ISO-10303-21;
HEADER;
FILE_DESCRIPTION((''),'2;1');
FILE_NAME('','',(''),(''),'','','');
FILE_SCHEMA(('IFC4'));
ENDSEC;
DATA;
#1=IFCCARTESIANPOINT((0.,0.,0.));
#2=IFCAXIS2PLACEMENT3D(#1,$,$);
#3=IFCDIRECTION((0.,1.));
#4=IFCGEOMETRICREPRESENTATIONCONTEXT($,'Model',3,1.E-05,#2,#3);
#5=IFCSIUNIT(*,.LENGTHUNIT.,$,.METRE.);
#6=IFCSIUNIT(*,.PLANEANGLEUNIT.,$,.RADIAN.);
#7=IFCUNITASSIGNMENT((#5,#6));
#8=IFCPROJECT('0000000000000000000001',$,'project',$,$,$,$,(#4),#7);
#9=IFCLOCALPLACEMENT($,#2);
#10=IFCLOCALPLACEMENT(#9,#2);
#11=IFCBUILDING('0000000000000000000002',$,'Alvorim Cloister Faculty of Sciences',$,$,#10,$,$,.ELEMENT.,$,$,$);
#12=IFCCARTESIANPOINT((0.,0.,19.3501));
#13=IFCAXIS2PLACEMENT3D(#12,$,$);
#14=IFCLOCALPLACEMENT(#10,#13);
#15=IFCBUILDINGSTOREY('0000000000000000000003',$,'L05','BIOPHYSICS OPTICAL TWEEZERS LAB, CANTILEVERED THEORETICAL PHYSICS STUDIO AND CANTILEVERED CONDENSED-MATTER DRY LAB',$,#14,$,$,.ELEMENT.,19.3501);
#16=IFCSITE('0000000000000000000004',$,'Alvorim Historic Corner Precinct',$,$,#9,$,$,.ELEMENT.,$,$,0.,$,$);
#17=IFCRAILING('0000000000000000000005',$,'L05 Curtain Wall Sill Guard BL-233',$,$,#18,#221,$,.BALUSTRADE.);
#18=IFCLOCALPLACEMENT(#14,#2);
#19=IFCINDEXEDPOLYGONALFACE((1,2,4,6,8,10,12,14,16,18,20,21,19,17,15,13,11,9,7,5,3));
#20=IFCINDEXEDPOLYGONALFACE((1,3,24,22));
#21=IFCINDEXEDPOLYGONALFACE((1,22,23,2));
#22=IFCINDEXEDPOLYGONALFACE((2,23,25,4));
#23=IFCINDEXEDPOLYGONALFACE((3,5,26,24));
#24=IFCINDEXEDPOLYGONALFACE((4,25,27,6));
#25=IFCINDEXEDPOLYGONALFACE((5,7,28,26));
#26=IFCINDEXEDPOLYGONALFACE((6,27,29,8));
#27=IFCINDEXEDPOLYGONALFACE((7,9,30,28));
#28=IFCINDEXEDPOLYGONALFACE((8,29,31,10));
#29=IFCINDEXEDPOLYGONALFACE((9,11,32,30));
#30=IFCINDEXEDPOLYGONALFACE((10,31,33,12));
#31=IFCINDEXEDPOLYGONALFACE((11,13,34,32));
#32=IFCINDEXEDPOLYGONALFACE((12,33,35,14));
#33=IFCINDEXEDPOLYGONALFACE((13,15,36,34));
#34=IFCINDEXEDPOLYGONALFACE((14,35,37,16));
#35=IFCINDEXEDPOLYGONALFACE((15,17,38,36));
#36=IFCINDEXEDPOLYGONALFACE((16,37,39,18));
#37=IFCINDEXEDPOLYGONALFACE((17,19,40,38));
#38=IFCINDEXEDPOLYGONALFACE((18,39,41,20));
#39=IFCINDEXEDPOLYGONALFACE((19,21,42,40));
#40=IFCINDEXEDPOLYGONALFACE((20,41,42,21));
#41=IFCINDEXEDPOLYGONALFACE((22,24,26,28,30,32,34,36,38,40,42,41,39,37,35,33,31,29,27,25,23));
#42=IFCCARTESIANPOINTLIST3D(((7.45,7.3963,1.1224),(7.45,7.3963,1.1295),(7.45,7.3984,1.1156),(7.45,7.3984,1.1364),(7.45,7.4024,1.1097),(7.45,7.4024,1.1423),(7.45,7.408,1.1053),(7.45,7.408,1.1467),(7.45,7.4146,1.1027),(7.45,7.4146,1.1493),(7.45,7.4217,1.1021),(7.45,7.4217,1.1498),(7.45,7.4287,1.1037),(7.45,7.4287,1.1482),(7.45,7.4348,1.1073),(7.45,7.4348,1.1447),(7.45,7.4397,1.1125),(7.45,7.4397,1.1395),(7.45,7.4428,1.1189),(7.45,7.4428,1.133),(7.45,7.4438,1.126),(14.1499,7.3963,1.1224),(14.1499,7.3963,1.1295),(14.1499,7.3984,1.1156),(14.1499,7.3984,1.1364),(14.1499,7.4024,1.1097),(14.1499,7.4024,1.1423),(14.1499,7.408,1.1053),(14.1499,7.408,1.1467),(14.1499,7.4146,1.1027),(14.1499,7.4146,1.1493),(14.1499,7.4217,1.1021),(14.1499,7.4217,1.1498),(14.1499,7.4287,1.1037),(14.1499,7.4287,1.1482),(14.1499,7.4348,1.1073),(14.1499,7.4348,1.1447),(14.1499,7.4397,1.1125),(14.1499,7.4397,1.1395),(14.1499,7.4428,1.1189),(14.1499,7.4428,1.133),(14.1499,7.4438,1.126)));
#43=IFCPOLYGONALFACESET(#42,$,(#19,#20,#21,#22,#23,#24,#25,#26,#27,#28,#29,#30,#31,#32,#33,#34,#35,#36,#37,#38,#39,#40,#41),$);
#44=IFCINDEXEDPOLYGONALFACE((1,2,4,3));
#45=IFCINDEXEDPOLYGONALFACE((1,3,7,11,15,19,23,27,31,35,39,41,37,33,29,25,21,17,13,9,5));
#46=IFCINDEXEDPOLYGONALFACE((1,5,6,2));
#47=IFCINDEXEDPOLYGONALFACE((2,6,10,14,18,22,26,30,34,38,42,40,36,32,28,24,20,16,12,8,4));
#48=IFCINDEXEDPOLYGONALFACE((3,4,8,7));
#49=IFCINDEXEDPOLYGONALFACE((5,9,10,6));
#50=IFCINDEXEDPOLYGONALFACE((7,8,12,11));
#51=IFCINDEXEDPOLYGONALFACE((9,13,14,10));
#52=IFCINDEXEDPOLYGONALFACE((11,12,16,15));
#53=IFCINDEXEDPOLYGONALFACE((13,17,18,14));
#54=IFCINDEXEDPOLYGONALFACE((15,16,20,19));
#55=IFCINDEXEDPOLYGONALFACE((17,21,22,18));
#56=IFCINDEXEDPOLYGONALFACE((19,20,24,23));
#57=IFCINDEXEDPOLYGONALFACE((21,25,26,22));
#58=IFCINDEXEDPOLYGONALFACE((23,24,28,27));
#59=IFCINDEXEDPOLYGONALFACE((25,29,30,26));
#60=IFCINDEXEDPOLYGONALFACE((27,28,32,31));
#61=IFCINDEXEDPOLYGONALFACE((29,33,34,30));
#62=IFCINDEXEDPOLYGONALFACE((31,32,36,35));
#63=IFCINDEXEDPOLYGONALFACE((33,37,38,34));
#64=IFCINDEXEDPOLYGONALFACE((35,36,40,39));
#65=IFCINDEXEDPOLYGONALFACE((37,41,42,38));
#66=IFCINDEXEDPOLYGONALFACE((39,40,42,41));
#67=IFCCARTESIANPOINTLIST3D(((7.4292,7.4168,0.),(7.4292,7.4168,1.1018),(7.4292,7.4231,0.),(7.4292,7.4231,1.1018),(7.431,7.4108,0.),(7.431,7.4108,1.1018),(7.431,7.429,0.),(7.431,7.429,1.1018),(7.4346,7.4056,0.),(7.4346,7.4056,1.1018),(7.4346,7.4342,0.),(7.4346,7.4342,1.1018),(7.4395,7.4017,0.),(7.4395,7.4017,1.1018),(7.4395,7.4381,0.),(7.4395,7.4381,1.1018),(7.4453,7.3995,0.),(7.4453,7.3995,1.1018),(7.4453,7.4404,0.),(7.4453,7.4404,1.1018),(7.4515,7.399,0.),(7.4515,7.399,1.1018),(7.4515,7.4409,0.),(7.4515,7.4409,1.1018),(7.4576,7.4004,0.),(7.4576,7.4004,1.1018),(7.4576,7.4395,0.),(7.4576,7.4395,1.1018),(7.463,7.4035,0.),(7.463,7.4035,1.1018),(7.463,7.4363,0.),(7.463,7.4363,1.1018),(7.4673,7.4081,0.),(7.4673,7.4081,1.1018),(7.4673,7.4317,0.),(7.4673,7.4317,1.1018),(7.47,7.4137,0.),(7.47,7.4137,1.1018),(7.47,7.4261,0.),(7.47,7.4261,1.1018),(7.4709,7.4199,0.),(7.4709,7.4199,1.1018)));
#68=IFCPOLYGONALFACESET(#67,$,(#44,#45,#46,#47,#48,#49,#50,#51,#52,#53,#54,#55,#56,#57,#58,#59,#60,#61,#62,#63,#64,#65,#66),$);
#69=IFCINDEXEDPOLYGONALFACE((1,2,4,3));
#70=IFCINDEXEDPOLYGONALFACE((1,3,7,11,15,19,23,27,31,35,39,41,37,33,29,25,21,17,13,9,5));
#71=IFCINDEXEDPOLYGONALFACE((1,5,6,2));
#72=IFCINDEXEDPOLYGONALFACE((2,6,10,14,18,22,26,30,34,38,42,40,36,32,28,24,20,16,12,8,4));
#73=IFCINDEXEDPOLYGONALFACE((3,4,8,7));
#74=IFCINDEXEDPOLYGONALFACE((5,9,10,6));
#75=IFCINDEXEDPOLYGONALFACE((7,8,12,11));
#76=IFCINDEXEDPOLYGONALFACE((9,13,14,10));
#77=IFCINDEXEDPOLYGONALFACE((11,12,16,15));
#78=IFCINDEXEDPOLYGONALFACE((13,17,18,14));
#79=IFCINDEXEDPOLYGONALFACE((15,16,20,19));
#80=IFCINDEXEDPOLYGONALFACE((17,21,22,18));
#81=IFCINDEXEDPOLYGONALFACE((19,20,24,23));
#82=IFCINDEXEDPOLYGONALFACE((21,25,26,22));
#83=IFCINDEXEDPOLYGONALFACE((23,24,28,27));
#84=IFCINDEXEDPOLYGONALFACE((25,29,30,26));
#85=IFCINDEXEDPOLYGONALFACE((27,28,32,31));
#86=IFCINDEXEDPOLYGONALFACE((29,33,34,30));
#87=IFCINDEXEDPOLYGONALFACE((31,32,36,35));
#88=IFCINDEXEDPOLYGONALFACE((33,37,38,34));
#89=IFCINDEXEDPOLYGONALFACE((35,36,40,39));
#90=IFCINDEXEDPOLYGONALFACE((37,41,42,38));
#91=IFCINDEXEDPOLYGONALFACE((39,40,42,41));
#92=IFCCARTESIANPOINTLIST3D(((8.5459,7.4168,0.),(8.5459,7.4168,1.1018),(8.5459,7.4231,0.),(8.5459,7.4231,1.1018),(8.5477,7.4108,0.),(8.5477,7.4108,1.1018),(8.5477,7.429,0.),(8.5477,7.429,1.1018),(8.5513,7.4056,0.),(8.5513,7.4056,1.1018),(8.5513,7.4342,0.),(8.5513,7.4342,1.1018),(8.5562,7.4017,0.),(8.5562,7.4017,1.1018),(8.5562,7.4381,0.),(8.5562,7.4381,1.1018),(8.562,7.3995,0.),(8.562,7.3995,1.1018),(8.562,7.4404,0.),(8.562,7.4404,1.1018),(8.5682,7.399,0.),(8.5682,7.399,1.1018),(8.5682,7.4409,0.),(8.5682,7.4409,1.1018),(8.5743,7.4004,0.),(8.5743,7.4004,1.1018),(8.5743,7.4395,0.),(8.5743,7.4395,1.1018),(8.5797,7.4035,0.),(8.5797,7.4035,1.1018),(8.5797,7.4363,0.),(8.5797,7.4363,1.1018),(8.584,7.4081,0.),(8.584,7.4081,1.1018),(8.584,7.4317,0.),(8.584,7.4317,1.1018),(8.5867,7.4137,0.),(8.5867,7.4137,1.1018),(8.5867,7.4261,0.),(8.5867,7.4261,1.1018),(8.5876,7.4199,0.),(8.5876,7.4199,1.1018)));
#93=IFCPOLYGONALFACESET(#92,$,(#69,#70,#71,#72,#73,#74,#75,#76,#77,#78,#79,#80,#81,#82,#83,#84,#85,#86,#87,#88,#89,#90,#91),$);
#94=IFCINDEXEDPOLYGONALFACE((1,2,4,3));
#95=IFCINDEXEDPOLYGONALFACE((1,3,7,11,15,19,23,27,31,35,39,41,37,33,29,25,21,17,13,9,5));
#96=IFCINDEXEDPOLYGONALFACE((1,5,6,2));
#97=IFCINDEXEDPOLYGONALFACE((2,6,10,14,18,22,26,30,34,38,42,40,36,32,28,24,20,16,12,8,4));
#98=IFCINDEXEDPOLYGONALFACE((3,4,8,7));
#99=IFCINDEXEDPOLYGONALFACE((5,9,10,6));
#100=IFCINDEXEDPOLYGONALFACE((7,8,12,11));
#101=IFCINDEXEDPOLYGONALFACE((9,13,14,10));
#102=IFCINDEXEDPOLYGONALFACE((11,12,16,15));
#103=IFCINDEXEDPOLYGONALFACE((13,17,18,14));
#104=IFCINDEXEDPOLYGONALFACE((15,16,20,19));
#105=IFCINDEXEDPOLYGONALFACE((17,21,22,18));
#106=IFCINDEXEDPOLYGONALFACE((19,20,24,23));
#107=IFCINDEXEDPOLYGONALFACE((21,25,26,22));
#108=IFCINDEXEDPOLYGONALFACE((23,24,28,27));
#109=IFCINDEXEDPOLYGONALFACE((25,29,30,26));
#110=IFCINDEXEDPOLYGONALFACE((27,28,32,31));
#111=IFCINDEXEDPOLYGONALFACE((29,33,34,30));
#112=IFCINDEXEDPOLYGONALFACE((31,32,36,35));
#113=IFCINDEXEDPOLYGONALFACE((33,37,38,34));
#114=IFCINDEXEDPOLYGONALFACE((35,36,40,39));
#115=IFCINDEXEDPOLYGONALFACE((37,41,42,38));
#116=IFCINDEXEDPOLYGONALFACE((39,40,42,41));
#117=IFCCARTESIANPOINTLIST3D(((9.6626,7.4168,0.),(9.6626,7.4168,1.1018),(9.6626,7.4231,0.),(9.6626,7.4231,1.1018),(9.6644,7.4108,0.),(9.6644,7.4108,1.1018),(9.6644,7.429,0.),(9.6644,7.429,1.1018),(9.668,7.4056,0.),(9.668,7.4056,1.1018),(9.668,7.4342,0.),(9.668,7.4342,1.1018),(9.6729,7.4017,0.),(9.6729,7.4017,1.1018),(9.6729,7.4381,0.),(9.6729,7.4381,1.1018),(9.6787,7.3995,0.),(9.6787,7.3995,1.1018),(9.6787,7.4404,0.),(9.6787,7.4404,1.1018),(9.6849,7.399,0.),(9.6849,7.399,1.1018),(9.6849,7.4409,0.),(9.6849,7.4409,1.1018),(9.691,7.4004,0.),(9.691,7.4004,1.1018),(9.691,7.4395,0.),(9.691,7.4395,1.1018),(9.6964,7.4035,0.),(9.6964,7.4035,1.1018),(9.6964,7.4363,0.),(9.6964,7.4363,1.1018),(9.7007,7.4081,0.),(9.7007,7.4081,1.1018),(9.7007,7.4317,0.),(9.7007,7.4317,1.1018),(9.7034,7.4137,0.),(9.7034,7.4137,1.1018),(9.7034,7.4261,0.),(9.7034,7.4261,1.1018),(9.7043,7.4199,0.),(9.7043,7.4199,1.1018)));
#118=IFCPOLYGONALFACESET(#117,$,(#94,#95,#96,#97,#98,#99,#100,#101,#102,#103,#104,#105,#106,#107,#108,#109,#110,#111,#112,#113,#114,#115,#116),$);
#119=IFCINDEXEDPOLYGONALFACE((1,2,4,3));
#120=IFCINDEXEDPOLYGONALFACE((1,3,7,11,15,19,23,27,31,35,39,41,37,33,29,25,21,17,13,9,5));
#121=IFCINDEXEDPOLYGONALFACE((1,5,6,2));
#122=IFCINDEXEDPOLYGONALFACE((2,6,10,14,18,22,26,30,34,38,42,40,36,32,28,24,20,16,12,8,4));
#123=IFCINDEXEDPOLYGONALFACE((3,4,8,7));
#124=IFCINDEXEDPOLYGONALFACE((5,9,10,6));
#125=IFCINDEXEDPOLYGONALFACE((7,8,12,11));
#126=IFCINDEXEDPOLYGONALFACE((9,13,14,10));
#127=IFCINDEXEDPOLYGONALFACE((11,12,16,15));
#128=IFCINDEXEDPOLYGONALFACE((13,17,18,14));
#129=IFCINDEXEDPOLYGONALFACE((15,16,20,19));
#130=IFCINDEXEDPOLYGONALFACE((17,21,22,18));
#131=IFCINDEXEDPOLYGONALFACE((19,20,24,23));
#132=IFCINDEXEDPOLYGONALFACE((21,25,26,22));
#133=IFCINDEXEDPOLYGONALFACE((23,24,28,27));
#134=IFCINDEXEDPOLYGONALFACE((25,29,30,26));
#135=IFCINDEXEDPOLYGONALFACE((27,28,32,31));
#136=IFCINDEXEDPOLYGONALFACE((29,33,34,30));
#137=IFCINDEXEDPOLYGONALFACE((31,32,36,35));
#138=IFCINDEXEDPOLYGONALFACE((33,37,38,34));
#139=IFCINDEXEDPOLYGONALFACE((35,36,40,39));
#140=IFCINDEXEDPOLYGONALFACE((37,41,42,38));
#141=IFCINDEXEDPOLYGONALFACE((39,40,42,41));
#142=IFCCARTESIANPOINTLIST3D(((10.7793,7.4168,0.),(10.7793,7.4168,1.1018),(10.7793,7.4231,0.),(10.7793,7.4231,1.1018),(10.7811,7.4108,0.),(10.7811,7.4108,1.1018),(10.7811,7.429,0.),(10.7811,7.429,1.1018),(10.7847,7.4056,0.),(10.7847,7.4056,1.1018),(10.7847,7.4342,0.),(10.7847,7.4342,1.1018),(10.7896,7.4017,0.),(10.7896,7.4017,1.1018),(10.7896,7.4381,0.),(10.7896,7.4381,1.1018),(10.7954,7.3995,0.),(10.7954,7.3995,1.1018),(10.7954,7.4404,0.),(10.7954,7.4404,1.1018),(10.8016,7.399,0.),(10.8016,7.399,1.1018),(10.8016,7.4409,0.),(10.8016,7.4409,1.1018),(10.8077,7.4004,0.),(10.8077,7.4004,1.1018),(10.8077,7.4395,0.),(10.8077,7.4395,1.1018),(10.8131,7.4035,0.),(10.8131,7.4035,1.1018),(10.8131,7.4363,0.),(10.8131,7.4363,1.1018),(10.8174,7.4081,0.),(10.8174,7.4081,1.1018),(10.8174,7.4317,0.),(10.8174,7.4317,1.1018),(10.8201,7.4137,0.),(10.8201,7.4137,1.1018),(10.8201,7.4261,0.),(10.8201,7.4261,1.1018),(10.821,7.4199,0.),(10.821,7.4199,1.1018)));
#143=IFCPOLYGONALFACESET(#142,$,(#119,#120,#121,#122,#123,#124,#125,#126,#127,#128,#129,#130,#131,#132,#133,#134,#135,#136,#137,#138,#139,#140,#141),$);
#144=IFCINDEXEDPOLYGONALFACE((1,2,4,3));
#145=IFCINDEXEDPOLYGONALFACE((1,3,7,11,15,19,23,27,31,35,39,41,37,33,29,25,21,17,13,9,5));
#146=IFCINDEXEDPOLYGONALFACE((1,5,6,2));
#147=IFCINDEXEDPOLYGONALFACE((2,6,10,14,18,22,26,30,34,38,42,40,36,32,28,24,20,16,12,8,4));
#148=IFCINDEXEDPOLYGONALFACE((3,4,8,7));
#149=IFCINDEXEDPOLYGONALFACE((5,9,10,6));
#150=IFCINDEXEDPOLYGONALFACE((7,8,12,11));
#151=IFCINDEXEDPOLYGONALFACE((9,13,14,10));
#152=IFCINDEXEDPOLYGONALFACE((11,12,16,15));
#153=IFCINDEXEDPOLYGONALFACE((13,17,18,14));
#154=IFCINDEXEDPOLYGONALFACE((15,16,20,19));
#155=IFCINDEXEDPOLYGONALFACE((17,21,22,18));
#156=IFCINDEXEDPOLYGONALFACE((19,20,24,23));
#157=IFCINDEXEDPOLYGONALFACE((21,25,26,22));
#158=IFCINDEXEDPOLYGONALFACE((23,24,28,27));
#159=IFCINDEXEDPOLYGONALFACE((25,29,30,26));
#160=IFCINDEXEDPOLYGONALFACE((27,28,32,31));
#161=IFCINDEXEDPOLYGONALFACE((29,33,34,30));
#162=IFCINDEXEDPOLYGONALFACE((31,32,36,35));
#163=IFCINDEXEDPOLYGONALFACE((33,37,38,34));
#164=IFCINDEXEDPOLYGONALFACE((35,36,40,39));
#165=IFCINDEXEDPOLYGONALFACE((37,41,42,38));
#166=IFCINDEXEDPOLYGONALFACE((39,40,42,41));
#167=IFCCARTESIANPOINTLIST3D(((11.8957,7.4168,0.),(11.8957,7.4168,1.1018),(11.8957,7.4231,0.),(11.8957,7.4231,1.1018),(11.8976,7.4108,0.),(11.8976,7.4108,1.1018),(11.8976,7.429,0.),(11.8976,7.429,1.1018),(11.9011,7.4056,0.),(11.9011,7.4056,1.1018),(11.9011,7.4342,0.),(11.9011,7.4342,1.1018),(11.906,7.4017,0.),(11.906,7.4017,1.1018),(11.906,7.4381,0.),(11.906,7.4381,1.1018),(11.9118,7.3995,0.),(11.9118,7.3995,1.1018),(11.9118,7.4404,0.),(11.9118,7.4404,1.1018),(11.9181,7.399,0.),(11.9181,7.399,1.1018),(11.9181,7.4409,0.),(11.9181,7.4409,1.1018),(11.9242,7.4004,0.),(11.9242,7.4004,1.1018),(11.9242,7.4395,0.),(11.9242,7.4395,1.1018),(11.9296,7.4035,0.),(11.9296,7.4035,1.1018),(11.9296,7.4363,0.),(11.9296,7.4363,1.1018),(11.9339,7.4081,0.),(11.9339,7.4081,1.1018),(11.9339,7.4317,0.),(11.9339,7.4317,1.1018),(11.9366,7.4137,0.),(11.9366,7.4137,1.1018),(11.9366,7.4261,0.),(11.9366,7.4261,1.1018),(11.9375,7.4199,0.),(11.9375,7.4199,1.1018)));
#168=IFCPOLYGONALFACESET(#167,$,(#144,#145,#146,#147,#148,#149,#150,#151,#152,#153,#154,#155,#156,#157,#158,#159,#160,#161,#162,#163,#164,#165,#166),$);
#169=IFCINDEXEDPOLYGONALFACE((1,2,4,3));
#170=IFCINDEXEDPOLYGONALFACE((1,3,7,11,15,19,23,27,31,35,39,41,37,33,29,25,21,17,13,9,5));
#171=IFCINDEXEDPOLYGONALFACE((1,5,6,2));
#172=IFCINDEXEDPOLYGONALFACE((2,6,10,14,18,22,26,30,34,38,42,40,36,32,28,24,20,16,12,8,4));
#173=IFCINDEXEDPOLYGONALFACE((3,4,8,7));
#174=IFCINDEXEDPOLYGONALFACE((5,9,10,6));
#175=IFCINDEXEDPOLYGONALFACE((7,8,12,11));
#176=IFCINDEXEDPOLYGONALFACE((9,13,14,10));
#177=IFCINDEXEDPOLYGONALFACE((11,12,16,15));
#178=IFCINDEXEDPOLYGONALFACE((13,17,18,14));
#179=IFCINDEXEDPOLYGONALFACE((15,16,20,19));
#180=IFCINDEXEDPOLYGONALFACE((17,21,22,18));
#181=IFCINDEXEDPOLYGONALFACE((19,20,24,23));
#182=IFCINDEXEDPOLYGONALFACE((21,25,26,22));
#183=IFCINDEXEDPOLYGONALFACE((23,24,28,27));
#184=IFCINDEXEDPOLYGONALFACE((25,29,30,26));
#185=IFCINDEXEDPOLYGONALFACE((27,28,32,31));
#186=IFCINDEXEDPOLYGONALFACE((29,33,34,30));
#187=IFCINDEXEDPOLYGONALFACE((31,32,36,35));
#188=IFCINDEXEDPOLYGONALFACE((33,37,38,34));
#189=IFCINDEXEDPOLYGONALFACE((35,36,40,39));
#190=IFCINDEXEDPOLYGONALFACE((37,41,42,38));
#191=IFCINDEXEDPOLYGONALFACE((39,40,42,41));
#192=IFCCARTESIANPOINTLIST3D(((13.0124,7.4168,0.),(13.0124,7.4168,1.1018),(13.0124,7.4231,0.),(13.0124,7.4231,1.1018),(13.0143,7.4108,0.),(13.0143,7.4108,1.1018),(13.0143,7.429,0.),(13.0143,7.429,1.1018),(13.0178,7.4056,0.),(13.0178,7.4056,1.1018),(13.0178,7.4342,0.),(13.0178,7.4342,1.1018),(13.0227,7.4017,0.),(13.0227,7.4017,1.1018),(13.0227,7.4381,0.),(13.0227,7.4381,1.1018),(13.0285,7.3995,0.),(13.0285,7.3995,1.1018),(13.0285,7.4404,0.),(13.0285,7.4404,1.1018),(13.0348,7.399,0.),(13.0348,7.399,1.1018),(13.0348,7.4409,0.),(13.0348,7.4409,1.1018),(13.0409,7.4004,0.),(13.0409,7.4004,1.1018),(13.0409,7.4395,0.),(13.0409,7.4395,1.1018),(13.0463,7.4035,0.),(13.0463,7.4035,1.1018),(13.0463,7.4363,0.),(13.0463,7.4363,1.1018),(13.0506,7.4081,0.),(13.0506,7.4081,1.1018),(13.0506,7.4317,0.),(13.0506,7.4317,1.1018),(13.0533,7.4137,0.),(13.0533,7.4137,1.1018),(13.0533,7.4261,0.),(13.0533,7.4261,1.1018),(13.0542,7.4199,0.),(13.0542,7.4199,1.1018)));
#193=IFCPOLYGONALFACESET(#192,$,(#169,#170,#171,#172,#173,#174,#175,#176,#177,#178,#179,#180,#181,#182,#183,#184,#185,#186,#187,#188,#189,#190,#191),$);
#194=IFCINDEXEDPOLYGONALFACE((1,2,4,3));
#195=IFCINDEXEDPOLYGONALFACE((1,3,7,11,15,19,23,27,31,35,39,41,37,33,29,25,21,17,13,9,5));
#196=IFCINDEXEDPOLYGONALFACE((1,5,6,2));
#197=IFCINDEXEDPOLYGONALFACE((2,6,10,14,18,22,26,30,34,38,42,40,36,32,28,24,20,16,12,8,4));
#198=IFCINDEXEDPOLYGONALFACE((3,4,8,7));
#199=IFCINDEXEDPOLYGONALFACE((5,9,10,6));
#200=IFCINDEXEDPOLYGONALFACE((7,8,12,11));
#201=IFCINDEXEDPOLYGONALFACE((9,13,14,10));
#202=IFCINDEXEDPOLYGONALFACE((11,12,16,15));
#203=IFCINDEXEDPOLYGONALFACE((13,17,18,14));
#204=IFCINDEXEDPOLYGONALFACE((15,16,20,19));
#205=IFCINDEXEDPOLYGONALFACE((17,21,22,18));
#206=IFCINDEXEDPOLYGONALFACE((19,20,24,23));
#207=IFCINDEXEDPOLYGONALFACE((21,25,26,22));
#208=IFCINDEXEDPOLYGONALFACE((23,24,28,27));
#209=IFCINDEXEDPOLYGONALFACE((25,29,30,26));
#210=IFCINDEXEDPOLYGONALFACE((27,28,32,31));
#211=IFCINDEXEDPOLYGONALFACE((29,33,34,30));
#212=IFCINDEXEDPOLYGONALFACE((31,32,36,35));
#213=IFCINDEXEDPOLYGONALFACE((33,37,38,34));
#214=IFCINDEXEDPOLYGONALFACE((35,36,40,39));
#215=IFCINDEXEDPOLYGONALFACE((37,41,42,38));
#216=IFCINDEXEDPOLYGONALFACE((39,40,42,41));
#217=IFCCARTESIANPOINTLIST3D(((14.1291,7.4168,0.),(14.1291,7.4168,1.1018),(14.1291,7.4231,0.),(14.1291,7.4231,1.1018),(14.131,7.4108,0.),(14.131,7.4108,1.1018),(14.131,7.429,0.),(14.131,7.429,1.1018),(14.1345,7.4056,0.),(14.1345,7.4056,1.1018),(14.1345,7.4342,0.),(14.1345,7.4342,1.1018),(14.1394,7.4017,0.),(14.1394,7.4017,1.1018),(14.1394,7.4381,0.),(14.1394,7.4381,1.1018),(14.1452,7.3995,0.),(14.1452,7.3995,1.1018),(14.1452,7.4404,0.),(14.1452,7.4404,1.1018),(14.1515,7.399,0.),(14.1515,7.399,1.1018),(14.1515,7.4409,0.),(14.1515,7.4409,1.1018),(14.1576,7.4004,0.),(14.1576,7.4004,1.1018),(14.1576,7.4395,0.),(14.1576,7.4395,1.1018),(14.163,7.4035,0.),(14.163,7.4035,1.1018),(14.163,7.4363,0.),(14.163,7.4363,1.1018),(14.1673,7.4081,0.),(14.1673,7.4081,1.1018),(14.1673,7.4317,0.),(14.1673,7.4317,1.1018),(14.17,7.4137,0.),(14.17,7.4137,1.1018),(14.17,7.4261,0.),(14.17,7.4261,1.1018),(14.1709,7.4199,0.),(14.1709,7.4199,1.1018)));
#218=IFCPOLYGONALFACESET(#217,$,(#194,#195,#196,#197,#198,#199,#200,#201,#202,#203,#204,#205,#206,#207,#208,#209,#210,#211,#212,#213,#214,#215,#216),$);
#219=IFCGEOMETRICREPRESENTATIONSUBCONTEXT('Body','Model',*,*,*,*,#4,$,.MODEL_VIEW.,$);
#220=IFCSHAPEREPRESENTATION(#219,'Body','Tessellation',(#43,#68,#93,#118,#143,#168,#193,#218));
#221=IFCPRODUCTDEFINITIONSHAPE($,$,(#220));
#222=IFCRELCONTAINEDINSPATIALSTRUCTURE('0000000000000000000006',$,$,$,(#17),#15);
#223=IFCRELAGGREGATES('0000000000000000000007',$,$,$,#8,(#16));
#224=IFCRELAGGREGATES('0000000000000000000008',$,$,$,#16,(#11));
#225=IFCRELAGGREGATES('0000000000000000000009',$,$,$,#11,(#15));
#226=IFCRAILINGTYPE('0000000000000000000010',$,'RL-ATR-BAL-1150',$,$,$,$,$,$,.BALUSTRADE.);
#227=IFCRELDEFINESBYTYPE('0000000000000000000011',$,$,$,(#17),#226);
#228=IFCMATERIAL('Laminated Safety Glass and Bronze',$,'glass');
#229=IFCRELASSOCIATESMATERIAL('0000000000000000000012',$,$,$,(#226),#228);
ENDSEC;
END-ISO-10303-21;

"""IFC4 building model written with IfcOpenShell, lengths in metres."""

from ifc_helpers import new_model, si_unit, direction, frame, origin, origin_2d, place, context, subcontext, project, spatial, circle, extrude, material, type_object, element, save


model = new_model("IFC4")

# Units and contexts
model_context = context("Model", 3, precision=1e-05, world=origin(), true_north=direction((0.0, 1.0)))
body_context = subcontext(model_context, "Body", "Model", "MODEL_VIEW")
ifc_project = project(units=[si_unit("LENGTHUNIT", "METRE"), si_unit("PLANEANGLEUNIT", "RADIAN")], contexts=[model_context])

# Site, building, storey
site_placement = place(None, origin())
site = spatial("IfcSite", under=ifc_project, at=site_placement, Name="Alvorim Historic Corner Precinct", CompositionType="ELEMENT", RefElevation=0.0)
building_placement = place(site_placement, origin())
building = spatial("IfcBuilding", under=site, at=building_placement, Name="Alvorim Cloister Faculty of Sciences", CompositionType="ELEMENT")
storey_placement = place(building_placement, frame((0.0, 0.0, 19.3501)))
storey = spatial("IfcBuildingStorey", under=building, at=storey_placement, Name="L05", Description="BIOPHYSICS OPTICAL TWEEZERS LAB, CANTILEVERED THEORETICAL PHYSICS STUDIO AND CANTILEVERED CONDENSED-MATTER DRY LAB", CompositionType="ELEMENT", Elevation=19.3501)

# Railing
ifc_material_1 = material(Name="Laminated Safety Glass and Bronze", Category="glass")
railing_type = type_object("IfcRailingType", Name="RL-ATR-BAL-1150", PredefinedType="BALUSTRADE", material=ifc_material_1)
railing_1_placement = place(storey_placement, frame((7.45, 7.4199, 0.0)))
element("IfcRailing", 1, at=railing_1_placement, inside=storey, type_object=railing_type, Name="L05 Curtain Wall Sill Guard BL-233", PredefinedType="BALUSTRADE", context=body_context, shape_type="SweptSolid", body=[
    extrude(circle(Radius=0.0239, at=origin_2d()), frame((0.0, 0.0, 1.126), z_axis=(1.0, 0.0, 0.0), x_axis=(0.0, 1.0, 0.0)), (0.0, 0.0, 1.0), 6.7),
    extrude(circle(Radius=0.021, at=origin_2d()), origin(), (0.0, 0.0, 1.0), 1.1018),
    extrude(circle(Radius=0.021, at=origin_2d()), frame((1.1167, 0.0, 0.0)), (0.0, 0.0, 1.0), 1.1018),
    extrude(circle(Radius=0.021, at=origin_2d()), frame((2.2334, 0.0, 0.0)), (0.0, 0.0, 1.0), 1.1018),
    extrude(circle(Radius=0.021, at=origin_2d()), frame((3.3501, 0.0, 0.0)), (0.0, 0.0, 1.0), 1.1018),
    extrude(circle(Radius=0.021, at=origin_2d()), frame((4.4666, 0.0, 0.0)), (0.0, 0.0, 1.0), 1.1018),
    extrude(circle(Radius=0.021, at=origin_2d()), frame((5.5833, 0.0, 0.0)), (0.0, 0.0, 1.0), 1.1018),
    extrude(circle(Radius=0.021, at=origin_2d()), frame((6.7, 0.0, 0.0)), (0.0, 0.0, 1.0), 1.1018),
])

save(model, "model.ifc")
